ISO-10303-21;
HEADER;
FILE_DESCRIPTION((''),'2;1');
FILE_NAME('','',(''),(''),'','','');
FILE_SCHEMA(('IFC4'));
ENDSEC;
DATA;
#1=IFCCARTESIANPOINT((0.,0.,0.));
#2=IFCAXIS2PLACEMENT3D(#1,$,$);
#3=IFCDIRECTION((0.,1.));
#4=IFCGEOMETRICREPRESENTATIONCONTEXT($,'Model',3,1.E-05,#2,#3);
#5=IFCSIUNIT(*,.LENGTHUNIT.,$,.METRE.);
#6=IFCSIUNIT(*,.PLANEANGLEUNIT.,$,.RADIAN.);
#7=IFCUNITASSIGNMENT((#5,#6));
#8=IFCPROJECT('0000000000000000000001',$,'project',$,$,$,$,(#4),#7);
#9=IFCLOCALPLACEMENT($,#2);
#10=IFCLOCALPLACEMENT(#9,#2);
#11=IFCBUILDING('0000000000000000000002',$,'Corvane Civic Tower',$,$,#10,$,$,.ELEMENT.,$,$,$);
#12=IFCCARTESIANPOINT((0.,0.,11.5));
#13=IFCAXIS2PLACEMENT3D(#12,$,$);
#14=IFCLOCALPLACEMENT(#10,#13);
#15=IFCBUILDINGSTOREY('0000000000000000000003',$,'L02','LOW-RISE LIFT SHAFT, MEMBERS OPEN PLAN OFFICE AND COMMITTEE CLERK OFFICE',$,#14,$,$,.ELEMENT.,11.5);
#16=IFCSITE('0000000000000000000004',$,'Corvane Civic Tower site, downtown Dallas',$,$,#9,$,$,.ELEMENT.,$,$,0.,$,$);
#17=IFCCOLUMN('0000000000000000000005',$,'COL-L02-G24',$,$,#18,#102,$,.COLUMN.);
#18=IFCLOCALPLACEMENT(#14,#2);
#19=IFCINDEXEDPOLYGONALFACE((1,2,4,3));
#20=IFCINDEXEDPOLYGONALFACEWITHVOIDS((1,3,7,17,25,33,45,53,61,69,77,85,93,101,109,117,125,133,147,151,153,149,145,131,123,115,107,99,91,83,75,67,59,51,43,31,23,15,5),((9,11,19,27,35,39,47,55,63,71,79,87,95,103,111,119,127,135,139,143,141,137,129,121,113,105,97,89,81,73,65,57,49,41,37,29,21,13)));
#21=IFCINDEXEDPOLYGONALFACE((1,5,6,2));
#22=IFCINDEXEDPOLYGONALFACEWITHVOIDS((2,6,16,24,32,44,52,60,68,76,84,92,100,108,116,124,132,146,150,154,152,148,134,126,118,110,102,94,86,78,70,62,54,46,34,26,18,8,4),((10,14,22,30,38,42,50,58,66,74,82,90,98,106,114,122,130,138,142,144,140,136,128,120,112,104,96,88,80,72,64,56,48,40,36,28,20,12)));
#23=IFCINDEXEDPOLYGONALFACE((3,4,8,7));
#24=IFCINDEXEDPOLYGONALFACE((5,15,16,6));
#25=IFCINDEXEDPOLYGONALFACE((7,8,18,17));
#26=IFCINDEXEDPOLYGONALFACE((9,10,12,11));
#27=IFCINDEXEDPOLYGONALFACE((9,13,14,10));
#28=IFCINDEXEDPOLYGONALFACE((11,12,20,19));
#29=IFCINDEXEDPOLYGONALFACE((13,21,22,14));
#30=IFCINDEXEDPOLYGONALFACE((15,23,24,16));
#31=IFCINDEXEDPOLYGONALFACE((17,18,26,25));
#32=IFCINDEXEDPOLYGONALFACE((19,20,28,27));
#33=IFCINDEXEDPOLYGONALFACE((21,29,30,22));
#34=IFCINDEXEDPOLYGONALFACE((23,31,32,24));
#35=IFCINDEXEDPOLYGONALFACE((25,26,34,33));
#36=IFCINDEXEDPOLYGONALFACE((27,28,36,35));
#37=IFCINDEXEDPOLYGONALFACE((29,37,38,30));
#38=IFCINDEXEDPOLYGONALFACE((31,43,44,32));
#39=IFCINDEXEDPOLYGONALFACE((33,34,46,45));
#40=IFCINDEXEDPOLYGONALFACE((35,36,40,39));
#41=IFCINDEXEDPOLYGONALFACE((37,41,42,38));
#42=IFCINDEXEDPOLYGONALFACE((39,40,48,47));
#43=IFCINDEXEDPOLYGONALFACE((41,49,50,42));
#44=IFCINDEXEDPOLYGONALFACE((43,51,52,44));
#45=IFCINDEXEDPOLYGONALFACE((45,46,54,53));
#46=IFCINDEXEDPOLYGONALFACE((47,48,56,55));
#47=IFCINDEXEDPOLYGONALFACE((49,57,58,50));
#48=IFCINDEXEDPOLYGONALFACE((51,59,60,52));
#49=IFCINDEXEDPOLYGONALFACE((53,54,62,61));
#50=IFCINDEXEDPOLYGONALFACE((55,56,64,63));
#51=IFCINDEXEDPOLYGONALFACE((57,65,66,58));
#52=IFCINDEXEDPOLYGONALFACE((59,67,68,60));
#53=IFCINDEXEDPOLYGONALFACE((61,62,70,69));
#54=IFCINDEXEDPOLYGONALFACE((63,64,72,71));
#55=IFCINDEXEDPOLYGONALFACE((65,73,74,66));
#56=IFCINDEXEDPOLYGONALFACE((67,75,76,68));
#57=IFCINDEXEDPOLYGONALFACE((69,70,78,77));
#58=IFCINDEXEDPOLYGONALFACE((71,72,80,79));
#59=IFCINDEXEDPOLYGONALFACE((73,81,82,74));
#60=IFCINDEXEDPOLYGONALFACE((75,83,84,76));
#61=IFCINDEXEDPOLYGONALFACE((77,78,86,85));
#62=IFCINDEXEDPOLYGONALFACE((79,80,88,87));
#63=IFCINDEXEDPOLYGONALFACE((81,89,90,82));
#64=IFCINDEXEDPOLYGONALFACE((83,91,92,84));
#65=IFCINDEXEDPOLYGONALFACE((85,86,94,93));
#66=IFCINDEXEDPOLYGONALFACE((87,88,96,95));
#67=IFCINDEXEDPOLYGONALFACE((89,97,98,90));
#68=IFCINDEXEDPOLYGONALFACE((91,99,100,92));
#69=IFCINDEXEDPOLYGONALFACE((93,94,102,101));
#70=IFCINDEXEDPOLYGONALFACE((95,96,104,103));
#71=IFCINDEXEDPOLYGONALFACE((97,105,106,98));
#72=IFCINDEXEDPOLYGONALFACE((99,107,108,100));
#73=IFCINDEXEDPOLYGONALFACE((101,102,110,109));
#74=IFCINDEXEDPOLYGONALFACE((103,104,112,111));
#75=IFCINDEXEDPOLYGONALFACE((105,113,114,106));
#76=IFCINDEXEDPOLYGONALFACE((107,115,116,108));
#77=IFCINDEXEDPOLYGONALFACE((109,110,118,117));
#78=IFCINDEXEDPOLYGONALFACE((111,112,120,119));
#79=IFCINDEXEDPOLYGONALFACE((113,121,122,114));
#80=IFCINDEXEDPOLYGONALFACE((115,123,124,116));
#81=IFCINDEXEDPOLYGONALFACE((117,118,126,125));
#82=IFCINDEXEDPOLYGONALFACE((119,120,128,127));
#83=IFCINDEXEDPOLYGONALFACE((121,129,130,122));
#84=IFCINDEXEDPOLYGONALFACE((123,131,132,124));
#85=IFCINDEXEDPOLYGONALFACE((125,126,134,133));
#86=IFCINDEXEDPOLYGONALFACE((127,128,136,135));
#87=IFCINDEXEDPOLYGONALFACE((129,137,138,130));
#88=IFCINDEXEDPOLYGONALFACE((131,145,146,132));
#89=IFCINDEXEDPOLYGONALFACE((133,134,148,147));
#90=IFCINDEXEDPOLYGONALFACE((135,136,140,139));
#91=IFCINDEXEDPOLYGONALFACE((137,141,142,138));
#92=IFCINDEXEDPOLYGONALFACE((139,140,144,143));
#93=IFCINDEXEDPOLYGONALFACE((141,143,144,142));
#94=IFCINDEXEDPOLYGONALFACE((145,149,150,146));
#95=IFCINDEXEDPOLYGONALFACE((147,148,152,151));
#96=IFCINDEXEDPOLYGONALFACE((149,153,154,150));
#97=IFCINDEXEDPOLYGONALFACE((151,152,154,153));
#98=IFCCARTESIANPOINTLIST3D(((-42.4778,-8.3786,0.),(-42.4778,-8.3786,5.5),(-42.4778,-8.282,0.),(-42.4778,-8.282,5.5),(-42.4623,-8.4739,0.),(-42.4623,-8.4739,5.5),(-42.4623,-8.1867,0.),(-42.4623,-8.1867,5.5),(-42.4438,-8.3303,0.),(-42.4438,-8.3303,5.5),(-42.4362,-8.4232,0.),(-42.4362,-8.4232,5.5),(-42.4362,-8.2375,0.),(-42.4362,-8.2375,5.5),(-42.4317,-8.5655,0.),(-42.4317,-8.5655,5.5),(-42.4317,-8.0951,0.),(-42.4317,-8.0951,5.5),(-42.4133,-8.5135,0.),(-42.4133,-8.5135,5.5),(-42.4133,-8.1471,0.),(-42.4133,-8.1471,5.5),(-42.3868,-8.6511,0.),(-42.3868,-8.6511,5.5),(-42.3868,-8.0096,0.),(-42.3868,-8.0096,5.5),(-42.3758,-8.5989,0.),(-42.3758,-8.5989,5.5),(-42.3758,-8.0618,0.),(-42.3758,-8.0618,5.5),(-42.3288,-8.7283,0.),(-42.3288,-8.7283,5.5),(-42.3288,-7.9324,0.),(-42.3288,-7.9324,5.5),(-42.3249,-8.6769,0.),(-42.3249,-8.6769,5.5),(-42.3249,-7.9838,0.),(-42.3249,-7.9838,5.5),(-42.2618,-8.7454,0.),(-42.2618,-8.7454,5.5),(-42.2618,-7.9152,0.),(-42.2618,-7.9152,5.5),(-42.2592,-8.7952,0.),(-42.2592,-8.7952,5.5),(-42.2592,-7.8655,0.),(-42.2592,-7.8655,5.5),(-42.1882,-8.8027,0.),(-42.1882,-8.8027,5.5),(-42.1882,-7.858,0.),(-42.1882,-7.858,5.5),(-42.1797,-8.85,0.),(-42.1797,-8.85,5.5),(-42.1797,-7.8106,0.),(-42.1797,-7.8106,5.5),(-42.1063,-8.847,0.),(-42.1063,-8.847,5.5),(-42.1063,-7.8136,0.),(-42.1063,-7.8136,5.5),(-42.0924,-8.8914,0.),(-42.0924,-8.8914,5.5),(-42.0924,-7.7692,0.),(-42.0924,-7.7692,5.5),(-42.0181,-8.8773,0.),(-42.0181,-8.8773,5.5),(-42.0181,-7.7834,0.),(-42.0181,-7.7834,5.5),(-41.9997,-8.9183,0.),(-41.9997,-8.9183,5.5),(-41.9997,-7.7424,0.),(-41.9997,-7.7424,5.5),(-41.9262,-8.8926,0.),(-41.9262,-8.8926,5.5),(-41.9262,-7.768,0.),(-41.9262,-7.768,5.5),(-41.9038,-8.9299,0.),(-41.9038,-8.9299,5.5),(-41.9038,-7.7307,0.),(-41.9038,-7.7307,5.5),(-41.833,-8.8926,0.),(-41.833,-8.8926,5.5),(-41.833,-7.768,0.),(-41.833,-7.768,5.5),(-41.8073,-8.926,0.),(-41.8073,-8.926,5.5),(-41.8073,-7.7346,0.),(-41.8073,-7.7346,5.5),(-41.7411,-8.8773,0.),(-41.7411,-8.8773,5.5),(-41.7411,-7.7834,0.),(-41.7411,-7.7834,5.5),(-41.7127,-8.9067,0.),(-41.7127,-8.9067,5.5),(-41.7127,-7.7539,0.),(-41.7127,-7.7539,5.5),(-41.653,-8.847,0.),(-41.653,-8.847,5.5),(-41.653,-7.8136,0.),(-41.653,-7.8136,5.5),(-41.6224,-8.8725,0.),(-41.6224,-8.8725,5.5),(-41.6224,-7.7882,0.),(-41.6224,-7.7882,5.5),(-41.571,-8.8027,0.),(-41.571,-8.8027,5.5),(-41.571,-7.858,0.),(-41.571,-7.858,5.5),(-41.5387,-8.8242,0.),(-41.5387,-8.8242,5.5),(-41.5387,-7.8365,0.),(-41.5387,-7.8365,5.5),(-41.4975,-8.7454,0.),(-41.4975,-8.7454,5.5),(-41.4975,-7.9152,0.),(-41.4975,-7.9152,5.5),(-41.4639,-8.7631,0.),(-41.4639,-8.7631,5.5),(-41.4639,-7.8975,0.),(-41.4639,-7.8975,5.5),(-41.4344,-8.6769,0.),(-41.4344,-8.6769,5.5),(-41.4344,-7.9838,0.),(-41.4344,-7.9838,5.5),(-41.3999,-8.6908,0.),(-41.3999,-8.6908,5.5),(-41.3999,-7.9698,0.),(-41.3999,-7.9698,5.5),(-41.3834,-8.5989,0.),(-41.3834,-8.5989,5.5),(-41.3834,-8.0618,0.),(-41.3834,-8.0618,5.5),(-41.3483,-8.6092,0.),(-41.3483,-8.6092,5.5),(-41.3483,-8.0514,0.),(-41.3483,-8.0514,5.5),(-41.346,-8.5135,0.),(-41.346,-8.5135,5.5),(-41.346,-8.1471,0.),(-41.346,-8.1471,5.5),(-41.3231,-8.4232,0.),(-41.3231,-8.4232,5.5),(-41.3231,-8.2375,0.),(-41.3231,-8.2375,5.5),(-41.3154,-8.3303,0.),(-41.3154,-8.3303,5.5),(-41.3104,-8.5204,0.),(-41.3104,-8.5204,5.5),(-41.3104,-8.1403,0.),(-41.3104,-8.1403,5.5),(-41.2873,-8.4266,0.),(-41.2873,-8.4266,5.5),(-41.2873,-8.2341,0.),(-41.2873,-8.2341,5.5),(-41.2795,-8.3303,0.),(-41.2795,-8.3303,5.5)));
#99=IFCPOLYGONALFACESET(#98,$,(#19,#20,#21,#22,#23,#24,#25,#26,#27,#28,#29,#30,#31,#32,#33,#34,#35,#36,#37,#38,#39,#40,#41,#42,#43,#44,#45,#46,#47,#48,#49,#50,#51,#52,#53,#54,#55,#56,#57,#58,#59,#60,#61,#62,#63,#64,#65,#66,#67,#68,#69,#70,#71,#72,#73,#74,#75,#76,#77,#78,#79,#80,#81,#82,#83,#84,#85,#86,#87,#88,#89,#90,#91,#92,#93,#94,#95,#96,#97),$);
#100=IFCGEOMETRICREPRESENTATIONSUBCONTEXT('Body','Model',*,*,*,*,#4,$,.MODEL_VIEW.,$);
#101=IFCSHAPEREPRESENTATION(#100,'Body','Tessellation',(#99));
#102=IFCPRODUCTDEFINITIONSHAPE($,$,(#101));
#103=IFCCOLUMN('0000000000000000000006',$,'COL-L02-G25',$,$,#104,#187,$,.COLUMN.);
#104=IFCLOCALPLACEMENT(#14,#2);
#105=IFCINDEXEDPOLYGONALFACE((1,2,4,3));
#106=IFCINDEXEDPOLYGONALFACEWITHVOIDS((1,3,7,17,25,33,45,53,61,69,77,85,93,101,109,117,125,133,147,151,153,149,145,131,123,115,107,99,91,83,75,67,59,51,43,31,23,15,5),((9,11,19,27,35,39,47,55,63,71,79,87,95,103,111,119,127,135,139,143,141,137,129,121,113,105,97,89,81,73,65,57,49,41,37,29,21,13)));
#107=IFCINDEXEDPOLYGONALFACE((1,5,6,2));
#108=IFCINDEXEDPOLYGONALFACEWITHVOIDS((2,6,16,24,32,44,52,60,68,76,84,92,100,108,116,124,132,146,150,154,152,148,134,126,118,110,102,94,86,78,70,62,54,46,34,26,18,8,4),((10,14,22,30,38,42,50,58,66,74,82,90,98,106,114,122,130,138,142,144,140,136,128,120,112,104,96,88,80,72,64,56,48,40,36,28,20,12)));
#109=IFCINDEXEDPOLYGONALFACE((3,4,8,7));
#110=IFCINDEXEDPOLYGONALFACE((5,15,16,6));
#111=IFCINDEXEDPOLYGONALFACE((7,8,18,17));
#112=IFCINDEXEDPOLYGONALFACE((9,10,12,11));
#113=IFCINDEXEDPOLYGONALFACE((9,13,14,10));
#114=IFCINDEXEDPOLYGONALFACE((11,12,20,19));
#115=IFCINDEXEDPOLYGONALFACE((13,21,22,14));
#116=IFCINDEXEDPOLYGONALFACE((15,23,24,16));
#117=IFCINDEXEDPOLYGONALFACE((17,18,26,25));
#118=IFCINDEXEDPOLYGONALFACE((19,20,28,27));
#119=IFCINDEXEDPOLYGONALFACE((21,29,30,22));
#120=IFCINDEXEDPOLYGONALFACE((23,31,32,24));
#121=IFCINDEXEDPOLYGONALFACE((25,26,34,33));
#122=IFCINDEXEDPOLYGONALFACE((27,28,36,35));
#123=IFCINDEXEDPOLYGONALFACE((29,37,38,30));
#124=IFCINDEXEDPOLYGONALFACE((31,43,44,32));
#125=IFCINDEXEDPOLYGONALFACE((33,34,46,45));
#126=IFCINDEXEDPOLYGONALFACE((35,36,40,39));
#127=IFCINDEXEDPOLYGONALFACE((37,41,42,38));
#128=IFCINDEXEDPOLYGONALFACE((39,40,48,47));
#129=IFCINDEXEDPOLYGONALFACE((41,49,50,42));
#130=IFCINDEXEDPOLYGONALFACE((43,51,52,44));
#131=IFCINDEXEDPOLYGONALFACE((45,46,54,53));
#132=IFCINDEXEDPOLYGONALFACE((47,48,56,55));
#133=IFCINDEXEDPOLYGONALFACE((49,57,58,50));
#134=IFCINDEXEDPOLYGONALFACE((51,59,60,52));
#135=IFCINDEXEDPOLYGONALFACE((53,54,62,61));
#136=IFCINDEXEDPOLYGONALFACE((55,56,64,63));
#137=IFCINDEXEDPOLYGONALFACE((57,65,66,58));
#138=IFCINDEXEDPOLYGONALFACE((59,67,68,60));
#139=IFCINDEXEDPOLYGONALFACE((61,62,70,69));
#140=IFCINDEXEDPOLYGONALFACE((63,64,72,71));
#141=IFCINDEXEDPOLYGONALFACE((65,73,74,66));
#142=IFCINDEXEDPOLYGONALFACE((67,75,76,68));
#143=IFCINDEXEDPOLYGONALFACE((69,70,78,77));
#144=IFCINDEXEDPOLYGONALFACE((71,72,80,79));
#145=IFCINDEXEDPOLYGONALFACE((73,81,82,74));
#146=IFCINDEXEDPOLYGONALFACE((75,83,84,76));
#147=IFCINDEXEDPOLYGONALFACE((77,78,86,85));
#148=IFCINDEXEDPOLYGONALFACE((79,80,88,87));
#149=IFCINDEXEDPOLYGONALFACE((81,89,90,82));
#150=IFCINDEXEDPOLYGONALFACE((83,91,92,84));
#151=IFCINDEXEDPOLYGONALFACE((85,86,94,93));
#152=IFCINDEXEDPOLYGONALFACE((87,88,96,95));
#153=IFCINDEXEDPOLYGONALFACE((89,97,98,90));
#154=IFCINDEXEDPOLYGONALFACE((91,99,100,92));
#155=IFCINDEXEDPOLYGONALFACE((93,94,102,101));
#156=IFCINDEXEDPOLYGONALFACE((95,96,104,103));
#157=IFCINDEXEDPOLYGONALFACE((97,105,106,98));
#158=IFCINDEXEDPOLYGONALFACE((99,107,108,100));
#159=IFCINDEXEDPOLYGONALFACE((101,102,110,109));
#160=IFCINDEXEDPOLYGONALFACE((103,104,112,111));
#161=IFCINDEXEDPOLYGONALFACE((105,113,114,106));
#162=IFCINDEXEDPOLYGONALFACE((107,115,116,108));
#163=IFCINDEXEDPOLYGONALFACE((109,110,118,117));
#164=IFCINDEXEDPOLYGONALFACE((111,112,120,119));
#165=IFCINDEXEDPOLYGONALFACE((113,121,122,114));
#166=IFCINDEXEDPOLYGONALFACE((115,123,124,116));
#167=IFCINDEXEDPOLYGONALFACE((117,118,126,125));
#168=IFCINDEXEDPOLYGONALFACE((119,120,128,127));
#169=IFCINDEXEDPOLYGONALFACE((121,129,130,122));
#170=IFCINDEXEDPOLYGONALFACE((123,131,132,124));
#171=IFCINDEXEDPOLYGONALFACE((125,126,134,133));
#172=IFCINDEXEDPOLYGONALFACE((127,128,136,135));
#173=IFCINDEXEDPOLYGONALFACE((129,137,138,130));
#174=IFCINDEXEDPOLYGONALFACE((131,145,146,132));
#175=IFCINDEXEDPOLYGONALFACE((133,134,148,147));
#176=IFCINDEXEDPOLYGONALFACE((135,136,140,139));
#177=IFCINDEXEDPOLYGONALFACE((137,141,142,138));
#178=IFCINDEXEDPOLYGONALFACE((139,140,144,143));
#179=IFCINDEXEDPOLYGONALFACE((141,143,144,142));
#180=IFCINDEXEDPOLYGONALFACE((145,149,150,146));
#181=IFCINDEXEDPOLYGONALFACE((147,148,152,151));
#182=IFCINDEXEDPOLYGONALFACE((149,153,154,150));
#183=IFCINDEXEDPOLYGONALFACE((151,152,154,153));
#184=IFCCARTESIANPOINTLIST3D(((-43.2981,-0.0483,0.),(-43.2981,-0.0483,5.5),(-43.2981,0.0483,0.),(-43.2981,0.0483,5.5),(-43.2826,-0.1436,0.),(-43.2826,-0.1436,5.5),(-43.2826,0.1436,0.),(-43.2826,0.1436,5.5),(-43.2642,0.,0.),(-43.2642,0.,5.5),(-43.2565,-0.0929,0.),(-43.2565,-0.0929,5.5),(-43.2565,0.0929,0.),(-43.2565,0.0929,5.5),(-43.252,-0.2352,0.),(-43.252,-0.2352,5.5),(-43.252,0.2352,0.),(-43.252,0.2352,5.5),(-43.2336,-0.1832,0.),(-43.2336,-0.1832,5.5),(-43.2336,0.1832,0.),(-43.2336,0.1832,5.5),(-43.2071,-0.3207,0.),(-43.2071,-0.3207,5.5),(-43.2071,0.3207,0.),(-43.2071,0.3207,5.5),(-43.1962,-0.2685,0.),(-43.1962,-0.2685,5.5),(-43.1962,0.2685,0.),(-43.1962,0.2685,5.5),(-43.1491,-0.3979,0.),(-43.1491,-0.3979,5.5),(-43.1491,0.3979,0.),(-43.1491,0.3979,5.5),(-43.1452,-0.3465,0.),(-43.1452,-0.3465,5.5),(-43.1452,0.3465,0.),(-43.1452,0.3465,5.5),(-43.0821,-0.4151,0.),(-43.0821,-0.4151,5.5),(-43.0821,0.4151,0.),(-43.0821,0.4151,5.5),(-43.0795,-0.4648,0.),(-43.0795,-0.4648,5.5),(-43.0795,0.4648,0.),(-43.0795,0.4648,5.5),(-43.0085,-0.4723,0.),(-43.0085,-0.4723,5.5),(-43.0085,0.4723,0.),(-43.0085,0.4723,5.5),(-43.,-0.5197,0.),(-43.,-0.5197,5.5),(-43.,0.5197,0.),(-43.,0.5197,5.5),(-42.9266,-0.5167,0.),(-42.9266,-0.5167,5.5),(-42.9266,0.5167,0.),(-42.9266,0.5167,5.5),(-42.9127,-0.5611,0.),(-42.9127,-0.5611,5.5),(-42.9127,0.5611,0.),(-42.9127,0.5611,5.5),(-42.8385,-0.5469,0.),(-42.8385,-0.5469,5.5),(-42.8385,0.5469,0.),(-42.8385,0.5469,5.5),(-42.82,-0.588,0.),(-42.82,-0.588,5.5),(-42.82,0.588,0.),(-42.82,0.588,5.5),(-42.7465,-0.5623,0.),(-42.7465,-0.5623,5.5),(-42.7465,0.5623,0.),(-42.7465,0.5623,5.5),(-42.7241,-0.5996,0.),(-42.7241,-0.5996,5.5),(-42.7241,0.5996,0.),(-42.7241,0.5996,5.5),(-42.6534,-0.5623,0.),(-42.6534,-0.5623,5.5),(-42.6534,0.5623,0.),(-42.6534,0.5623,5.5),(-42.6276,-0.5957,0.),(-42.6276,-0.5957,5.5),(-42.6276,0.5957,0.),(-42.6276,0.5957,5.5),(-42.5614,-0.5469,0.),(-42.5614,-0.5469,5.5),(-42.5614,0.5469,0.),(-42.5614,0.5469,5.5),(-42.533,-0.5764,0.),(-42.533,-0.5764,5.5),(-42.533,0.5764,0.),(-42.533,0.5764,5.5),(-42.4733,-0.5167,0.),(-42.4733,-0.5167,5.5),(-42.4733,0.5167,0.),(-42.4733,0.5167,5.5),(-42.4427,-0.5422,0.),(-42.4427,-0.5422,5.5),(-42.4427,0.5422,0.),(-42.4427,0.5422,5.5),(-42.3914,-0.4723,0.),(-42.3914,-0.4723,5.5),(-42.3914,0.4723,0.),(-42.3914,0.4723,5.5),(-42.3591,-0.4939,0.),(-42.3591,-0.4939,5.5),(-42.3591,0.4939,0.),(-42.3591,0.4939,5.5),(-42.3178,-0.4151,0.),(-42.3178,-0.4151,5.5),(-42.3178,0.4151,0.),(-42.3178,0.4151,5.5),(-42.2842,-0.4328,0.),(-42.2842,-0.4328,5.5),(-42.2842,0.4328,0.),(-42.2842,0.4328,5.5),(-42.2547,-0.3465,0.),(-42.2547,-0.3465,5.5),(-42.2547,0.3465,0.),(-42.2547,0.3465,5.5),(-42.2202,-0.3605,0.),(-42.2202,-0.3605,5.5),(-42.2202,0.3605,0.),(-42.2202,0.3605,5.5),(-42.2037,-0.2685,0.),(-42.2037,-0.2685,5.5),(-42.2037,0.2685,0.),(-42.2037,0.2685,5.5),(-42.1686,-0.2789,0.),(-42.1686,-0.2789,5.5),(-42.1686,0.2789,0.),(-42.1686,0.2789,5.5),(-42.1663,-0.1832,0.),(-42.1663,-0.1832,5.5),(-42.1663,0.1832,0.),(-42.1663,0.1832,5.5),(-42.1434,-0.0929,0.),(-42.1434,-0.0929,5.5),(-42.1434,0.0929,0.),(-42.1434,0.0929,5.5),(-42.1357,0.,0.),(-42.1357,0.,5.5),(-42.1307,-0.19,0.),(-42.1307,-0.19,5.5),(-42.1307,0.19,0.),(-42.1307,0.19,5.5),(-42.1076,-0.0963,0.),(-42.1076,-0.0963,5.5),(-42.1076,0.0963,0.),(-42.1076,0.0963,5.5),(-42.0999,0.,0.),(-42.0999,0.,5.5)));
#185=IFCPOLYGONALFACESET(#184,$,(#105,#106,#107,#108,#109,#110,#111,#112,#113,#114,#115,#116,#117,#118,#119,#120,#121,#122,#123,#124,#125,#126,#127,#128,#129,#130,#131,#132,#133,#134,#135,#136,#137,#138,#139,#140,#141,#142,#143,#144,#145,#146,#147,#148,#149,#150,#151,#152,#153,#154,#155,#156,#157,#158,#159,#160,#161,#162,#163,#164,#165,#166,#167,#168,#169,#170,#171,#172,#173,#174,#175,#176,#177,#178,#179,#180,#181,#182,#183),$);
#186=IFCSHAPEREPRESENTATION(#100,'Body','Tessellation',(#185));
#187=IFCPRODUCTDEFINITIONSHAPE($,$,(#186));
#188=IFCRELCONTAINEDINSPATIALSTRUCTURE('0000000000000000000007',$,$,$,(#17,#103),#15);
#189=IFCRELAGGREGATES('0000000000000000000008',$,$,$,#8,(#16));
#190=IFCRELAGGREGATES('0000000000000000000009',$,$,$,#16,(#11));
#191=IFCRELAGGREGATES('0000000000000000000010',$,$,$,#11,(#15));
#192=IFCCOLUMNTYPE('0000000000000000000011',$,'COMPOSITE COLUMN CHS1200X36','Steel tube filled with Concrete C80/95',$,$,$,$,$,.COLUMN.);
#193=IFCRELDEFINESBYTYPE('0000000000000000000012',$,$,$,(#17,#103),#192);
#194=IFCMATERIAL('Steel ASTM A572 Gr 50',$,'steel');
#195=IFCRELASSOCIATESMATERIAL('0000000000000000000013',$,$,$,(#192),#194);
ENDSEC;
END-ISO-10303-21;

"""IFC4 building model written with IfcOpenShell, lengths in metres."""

from ifc_helpers import new_model, si_unit, direction, frame, origin, origin_2d, place, context, subcontext, project, spatial, hollow_circle, extrude, material, material_profile, profile_set, type_object, element, save


model = new_model("IFC4")

# Units and contexts
model_context = context("Model", 3, precision=1e-05, world=origin(), true_north=direction((0.0, 1.0)))
body_context = subcontext(model_context, "Body", "Model", "MODEL_VIEW")
ifc_project = project(units=[si_unit("LENGTHUNIT", "METRE"), si_unit("PLANEANGLEUNIT", "RADIAN")], contexts=[model_context])

# Site, building, storey
site_placement = place(None, origin())
site = spatial("IfcSite", under=ifc_project, at=site_placement, Name="Corvane Civic Tower site, downtown Dallas", CompositionType="ELEMENT", RefElevation=0.0)
building_placement = place(site_placement, origin())
building = spatial("IfcBuilding", under=site, at=building_placement, Name="Corvane Civic Tower", CompositionType="ELEMENT")
storey_placement = place(building_placement, frame((0.0, 0.0, 11.5)))
storey = spatial("IfcBuildingStorey", under=building, at=storey_placement, Name="L02", Description="LOW-RISE LIFT SHAFT, MEMBERS OPEN PLAN OFFICE AND COMMITTEE CLERK OFFICE", CompositionType="ELEMENT", Elevation=11.5)

# Columns
ifc_material_1 = material(Name="Steel ASTM A572 Gr 50", Category="steel")
ifc_material_profile_1 = material_profile(ifc_material_1, hollow_circle(Radius=0.6001, WallThickness=0.0359, at=origin_2d()), Name="CHS1200X36")
ifc_profile_set_1 = profile_set([ifc_material_profile_1], Name="Steel ASTM A572 Gr 50")
column_type = type_object("IfcColumnType", Name="COMPOSITE COLUMN CHS1200X36", Description="Steel tube filled with Concrete C80/95", PredefinedType="COLUMN", material=ifc_profile_set_1)
for number, where, z_axis, x_axis, name in (
    (1, (-41.8796, -8.3303, 0.0), (0.0, 0.0, 1.0), (1.0, 0.0, 0.0), "COL-L02-G24"),
    (2, (-42.7, 0.0, 0.0), (0.0, 0.0, 1.0), (1.0, 0.0, 0.0), "COL-L02-G25"),
):
    element("IfcColumn", number, at=place(storey_placement, frame(where, z_axis=z_axis, x_axis=x_axis)), inside=storey, type_object=column_type, Name=name, PredefinedType="COLUMN", context=body_context, shape_type="SweptSolid", body=[
        extrude(hollow_circle(Radius=0.6001, WallThickness=0.0359, at=origin_2d()), origin(), (0.0, 0.0, 1.0), 5.5),
    ])

save(model, "model.ifc")
